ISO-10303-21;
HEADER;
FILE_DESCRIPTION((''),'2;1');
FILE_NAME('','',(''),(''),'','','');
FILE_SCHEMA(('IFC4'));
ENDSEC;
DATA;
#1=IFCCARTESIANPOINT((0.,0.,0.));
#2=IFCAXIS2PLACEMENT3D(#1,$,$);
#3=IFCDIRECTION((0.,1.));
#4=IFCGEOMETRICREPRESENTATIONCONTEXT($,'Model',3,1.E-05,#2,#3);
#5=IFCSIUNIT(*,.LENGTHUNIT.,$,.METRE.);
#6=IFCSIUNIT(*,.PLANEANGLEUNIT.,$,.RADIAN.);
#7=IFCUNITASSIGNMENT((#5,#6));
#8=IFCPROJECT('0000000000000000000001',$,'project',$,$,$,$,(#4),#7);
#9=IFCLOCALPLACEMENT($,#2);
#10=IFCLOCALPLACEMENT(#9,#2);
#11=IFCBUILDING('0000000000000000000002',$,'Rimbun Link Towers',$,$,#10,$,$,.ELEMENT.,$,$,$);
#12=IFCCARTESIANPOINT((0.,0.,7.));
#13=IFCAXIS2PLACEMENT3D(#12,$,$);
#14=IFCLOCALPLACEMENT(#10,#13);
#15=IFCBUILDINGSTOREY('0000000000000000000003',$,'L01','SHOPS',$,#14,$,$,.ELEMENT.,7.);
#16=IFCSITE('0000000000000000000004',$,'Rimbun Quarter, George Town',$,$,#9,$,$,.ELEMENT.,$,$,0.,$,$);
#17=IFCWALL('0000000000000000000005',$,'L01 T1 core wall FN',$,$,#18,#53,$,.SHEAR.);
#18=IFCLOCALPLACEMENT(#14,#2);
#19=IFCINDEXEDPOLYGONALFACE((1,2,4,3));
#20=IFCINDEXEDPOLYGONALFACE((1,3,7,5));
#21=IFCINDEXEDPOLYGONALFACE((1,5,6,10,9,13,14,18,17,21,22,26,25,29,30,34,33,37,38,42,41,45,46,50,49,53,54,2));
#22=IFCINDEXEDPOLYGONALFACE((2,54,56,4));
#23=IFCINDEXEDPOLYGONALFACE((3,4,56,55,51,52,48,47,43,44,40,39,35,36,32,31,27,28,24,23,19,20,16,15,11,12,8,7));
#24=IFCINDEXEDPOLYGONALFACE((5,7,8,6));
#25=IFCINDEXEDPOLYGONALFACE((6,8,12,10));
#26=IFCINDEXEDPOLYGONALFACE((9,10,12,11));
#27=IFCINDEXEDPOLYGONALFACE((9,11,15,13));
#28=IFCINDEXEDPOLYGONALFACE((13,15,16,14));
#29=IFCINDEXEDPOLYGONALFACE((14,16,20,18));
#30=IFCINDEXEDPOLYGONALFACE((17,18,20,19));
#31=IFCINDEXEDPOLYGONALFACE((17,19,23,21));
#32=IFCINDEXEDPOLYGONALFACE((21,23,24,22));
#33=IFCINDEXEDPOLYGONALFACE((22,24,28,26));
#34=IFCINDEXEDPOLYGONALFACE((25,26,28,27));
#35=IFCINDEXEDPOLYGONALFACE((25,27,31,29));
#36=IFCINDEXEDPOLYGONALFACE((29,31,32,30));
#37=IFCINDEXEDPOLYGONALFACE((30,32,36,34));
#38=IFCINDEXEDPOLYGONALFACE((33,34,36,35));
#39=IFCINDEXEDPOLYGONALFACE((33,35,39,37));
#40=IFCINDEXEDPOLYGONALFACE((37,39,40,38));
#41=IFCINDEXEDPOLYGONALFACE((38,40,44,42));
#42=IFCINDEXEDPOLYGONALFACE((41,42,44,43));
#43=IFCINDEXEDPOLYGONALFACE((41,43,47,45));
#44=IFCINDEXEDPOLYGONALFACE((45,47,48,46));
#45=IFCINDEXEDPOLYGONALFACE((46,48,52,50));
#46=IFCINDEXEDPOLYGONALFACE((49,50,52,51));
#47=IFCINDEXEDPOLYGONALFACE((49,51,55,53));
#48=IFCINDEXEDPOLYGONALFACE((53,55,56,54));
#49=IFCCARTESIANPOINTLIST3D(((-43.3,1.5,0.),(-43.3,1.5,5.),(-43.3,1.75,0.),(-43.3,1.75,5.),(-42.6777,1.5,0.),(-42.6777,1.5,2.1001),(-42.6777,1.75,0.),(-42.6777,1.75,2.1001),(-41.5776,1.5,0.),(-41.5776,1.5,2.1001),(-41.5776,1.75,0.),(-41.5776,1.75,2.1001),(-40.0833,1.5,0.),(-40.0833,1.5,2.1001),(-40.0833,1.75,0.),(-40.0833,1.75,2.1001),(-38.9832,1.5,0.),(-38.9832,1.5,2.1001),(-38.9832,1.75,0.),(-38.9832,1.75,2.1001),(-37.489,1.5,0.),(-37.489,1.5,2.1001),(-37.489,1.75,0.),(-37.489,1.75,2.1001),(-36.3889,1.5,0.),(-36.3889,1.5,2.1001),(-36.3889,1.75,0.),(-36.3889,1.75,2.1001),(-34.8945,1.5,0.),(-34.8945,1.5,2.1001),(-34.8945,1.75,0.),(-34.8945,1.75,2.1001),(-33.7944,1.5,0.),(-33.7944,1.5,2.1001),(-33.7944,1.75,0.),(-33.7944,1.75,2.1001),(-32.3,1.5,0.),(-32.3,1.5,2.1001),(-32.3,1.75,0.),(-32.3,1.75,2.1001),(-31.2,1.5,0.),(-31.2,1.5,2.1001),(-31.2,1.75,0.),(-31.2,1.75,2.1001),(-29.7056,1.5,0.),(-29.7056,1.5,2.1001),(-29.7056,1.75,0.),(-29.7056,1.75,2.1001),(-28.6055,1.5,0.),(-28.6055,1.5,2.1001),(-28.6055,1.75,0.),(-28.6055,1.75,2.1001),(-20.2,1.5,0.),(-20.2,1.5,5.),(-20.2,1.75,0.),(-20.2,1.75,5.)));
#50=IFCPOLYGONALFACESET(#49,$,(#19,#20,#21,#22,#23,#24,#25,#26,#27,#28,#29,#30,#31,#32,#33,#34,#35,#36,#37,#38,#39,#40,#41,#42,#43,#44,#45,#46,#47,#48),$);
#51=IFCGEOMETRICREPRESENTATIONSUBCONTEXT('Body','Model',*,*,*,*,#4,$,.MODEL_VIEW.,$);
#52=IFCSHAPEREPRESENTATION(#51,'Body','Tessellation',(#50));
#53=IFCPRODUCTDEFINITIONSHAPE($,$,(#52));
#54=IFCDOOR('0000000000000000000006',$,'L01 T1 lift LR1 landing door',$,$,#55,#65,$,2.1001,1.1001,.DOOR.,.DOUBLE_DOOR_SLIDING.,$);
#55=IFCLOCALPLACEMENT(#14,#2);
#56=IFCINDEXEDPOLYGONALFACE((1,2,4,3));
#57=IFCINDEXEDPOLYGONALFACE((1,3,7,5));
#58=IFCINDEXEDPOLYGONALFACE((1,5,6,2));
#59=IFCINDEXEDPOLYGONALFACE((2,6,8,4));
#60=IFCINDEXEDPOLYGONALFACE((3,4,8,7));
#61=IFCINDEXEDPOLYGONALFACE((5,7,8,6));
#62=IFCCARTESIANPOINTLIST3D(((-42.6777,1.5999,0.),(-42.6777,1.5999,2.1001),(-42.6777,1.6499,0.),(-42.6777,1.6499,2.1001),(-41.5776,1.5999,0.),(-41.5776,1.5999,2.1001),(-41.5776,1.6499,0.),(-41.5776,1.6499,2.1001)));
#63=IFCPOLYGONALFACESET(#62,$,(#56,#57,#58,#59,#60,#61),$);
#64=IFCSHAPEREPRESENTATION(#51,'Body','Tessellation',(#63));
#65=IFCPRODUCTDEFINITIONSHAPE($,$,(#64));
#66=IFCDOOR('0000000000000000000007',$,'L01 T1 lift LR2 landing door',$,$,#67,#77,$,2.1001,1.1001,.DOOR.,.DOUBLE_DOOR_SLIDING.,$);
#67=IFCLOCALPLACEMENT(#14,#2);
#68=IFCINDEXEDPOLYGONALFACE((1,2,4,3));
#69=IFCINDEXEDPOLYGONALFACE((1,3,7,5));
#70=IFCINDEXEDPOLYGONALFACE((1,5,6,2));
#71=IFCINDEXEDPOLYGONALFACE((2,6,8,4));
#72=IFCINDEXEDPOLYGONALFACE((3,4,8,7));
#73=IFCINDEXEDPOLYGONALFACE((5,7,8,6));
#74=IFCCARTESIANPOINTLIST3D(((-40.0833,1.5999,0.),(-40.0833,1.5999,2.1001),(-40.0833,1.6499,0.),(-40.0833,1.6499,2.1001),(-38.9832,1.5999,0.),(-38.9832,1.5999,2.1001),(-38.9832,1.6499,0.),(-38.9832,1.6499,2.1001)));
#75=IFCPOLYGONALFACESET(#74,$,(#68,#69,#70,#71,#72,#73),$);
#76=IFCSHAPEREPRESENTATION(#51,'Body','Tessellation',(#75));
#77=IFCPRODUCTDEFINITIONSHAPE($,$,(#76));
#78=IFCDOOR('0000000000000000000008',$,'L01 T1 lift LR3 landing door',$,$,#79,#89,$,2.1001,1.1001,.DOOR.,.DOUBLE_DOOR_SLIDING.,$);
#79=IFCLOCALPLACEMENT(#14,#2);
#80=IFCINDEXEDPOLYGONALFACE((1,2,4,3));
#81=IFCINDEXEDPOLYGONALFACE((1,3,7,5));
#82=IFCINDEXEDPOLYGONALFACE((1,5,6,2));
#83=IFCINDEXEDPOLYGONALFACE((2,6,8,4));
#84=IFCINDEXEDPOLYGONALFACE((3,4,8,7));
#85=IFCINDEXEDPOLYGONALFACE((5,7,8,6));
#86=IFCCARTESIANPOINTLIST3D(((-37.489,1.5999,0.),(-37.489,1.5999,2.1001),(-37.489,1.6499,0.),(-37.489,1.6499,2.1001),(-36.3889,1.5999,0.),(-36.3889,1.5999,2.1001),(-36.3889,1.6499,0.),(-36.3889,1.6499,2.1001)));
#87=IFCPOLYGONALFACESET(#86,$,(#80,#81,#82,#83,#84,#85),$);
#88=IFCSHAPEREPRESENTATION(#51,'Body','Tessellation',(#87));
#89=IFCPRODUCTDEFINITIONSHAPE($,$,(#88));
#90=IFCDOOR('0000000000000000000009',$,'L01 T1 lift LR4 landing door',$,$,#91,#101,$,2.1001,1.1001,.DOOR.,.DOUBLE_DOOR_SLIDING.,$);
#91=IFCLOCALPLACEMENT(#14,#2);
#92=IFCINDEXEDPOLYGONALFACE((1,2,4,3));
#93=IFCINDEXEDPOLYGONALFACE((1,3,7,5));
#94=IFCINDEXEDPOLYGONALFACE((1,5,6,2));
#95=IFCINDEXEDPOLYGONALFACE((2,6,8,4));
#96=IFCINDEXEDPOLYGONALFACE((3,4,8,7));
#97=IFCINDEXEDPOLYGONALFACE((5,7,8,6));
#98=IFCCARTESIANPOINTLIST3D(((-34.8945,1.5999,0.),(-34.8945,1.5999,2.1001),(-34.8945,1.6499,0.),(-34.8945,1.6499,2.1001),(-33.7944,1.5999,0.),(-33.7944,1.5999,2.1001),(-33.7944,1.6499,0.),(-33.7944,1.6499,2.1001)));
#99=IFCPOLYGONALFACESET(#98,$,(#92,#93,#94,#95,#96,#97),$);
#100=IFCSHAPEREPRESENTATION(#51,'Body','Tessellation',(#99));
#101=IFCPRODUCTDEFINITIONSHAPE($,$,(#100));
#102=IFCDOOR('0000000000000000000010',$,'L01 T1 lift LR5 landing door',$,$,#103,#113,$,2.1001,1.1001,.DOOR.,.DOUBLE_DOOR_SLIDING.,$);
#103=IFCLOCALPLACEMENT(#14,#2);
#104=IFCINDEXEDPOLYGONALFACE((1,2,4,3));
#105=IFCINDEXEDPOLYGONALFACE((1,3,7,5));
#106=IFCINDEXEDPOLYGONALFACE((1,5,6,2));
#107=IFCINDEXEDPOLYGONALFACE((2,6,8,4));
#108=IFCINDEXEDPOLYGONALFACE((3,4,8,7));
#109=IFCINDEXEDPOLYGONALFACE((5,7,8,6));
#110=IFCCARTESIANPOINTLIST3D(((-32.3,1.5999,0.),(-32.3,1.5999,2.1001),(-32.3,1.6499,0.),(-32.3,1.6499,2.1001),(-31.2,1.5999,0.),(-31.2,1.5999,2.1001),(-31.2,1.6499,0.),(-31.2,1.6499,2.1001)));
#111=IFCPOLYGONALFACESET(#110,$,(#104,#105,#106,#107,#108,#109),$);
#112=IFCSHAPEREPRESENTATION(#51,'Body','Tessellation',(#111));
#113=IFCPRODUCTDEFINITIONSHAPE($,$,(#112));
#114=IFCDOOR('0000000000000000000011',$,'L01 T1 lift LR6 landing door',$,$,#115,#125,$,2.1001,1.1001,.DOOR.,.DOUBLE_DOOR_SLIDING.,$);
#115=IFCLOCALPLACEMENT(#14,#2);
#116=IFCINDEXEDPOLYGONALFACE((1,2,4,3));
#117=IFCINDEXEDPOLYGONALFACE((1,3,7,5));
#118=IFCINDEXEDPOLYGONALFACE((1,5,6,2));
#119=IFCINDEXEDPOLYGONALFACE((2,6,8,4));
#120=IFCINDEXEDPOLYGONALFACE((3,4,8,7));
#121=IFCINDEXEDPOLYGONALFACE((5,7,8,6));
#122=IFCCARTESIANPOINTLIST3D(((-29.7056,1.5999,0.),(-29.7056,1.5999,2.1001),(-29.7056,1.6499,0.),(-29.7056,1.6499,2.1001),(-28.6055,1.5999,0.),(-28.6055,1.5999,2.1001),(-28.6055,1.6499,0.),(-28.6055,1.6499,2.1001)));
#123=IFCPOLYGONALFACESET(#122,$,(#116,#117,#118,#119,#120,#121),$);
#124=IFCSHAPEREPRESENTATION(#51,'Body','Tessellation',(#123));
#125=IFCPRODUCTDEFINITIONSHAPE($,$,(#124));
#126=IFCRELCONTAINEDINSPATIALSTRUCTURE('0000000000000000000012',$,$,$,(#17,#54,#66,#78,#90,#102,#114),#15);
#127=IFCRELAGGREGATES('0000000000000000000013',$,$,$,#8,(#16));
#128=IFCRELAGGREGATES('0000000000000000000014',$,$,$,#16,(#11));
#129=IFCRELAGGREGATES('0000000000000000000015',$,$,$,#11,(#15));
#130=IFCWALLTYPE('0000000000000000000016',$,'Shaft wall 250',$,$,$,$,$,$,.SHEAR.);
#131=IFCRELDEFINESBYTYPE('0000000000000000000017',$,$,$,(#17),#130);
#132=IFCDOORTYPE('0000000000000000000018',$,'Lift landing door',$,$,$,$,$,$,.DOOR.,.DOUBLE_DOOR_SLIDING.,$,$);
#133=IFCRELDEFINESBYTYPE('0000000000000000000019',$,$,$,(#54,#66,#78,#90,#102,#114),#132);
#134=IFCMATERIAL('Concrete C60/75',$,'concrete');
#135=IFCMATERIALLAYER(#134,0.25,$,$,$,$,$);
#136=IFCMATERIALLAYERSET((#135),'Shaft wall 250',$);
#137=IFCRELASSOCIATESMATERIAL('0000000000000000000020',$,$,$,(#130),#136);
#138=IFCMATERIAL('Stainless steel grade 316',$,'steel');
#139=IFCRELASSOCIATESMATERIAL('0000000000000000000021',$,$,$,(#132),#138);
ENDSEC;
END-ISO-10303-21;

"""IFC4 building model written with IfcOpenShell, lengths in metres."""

from ifc_helpers import new_model, si_unit, direction, frame, frame_2d, origin, place, context, subcontext, project, spatial, rectangle, extrude, material, layer, layer_set, type_object, element, fill, save


model = new_model("IFC4")

# Units and contexts
model_context = context("Model", 3, precision=1e-05, world=origin(), true_north=direction((0.0, 1.0)))
body_context = subcontext(model_context, "Body", "Model", "MODEL_VIEW")
ifc_project = project(units=[si_unit("LENGTHUNIT", "METRE"), si_unit("PLANEANGLEUNIT", "RADIAN")], contexts=[model_context])

# Site, building, storey
site_placement = place(None, origin())
site = spatial("IfcSite", under=ifc_project, at=site_placement, Name="Rimbun Quarter, George Town", CompositionType="ELEMENT", RefElevation=0.0)
building_placement = place(site_placement, origin())
building = spatial("IfcBuilding", under=site, at=building_placement, Name="Rimbun Link Towers", CompositionType="ELEMENT")
storey_placement = place(building_placement, frame((0.0, 0.0, 7.0)))
storey = spatial("IfcBuildingStorey", under=building, at=storey_placement, Name="L01", Description="SHOPS", CompositionType="ELEMENT", Elevation=7.0)

# Shared definitions
ifc_material_1 = material(Name="Concrete C60/75", Category="concrete")
ifc_layer = layer(ifc_material_1, 0.25)
ifc_layer_set = layer_set([ifc_layer], Name="Shaft wall 250")
wall_type = type_object("IfcWallType", Name="Shaft wall 250", PredefinedType="SHEAR", material=ifc_layer_set)

# Wall, openings, doors
wall_1_placement = place(storey_placement, frame((-43.3, 1.625, 0.0), z_axis=(0.0, 0.0, 1.0), x_axis=(1.0, 0.0, 0.0)))
wall_1 = element("IfcWall", 1, at=wall_1_placement, inside=storey, type_object=wall_type, Name="L01 T1 core wall FN", PredefinedType="SHEAR", context=body_context, shape_type="SweptSolid", body=[
    extrude(rectangle(XDim=23.1001, YDim=0.25, at=frame_2d((11.55, 0.0))), origin(), (0.0, 0.0, 1.0), 5.0),
])
opening_1_placement = place(wall_1_placement, frame((0.6223, 0.0, 0.0)))
opening_1 = element("IfcOpeningElement", 2, at=opening_1_placement, cuts=wall_1, PredefinedType="OPENING", context=body_context, shape_type="SweptSolid", body=[
    extrude(rectangle(XDim=1.1001, YDim=2.1001, at=frame_2d((0.55, 1.05))), frame((0.0, 0.135, 0.0), z_axis=(0.0, -1.0, 0.0), x_axis=(1.0, 0.0, 0.0)), (0.0, 0.0, 1.0), 0.27),
])
opening_2_placement = place(wall_1_placement, frame((3.2168, 0.0, 0.0)))
opening_2 = element("IfcOpeningElement", 3, at=opening_2_placement, cuts=wall_1, PredefinedType="OPENING", context=body_context, shape_type="SweptSolid", body=[
    extrude(rectangle(XDim=1.1001, YDim=2.1001, at=frame_2d((0.55, 1.05))), frame((0.0, 0.135, 0.0), z_axis=(0.0, -1.0, 0.0), x_axis=(1.0, 0.0, 0.0)), (0.0, 0.0, 1.0), 0.27),
])
opening_3_placement = place(wall_1_placement, frame((5.811, 0.0, 0.0)))
opening_3 = element("IfcOpeningElement", 4, at=opening_3_placement, cuts=wall_1, PredefinedType="OPENING", context=body_context, shape_type="SweptSolid", body=[
    extrude(rectangle(XDim=1.1001, YDim=2.1001, at=frame_2d((0.55, 1.05))), frame((0.0, 0.135, 0.0), z_axis=(0.0, -1.0, 0.0), x_axis=(1.0, 0.0, 0.0)), (0.0, 0.0, 1.0), 0.27),
])
opening_4_placement = place(wall_1_placement, frame((8.4055, 0.0, 0.0)))
opening_4 = element("IfcOpeningElement", 5, at=opening_4_placement, cuts=wall_1, PredefinedType="OPENING", context=body_context, shape_type="SweptSolid", body=[
    extrude(rectangle(XDim=1.1001, YDim=2.1001, at=frame_2d((0.55, 1.05))), frame((0.0, 0.135, 0.0), z_axis=(0.0, -1.0, 0.0), x_axis=(1.0, 0.0, 0.0)), (0.0, 0.0, 1.0), 0.27),
])
opening_5_placement = place(wall_1_placement, frame((11.0, 0.0, 0.0)))
opening_5 = element("IfcOpeningElement", 6, at=opening_5_placement, cuts=wall_1, PredefinedType="OPENING", context=body_context, shape_type="SweptSolid", body=[
    extrude(rectangle(XDim=1.1001, YDim=2.1001, at=frame_2d((0.55, 1.05))), frame((0.0, 0.135, 0.0), z_axis=(0.0, -1.0, 0.0), x_axis=(1.0, 0.0, 0.0)), (0.0, 0.0, 1.0), 0.27),
])
opening_6_placement = place(wall_1_placement, frame((13.5945, 0.0, 0.0)))
opening_6 = element("IfcOpeningElement", 7, at=opening_6_placement, cuts=wall_1, PredefinedType="OPENING", context=body_context, shape_type="SweptSolid", body=[
    extrude(rectangle(XDim=1.1001, YDim=2.1001, at=frame_2d((0.55, 1.05))), frame((0.0, 0.135, 0.0), z_axis=(0.0, -1.0, 0.0), x_axis=(1.0, 0.0, 0.0)), (0.0, 0.0, 1.0), 0.27),
])
ifc_material_2 = material(Name="Stainless steel grade 316", Category="steel")
door_type_1 = type_object("IfcDoorType", Name="Lift landing door", OperationType="DOUBLE_DOOR_SLIDING", PredefinedType="DOOR", material=ifc_material_2)
door_1_placement = place(opening_1_placement, origin())
door_1 = element("IfcDoor", 8, at=door_1_placement, inside=storey, type_object=door_type_1, Name="L01 T1 lift LR1 landing door", OperationType="DOUBLE_DOOR_SLIDING", OverallHeight=2.1001, OverallWidth=1.1001, PredefinedType="DOOR", context=body_context, shape_type="SweptSolid", body=[
    extrude(rectangle(XDim=1.1001, YDim=2.1001, at=frame_2d((0.55, 1.05))), frame((0.0, 0.0249, 0.0), z_axis=(0.0, -1.0, 0.0), x_axis=(1.0, 0.0, 0.0)), (0.0, 0.0, 1.0), 0.05),
])
fill(opening_1, door_1)
door_2_placement = place(opening_2_placement, origin())
door_2 = element("IfcDoor", 9, at=door_2_placement, inside=storey, type_object=door_type_1, Name="L01 T1 lift LR2 landing door", OperationType="DOUBLE_DOOR_SLIDING", OverallHeight=2.1001, OverallWidth=1.1001, PredefinedType="DOOR", context=body_context, shape_type="SweptSolid", body=[
    extrude(rectangle(XDim=1.1001, YDim=2.1001, at=frame_2d((0.55, 1.05))), frame((0.0, 0.0249, 0.0), z_axis=(0.0, -1.0, 0.0), x_axis=(1.0, 0.0, 0.0)), (0.0, 0.0, 1.0), 0.05),
])
fill(opening_2, door_2)
door_3_placement = place(opening_3_placement, origin())
door_3 = element("IfcDoor", 10, at=door_3_placement, inside=storey, type_object=door_type_1, Name="L01 T1 lift LR3 landing door", OperationType="DOUBLE_DOOR_SLIDING", OverallHeight=2.1001, OverallWidth=1.1001, PredefinedType="DOOR", context=body_context, shape_type="SweptSolid", body=[
    extrude(rectangle(XDim=1.1001, YDim=2.1001, at=frame_2d((0.55, 1.05))), frame((0.0, 0.0249, 0.0), z_axis=(0.0, -1.0, 0.0), x_axis=(1.0, 0.0, 0.0)), (0.0, 0.0, 1.0), 0.05),
])
fill(opening_3, door_3)
door_4_placement = place(opening_4_placement, origin())
door_4 = element("IfcDoor", 11, at=door_4_placement, inside=storey, type_object=door_type_1, Name="L01 T1 lift LR4 landing door", OperationType="DOUBLE_DOOR_SLIDING", OverallHeight=2.1001, OverallWidth=1.1001, PredefinedType="DOOR", context=body_context, shape_type="SweptSolid", body=[
    extrude(rectangle(XDim=1.1001, YDim=2.1001, at=frame_2d((0.55, 1.05))), frame((0.0, 0.0249, 0.0), z_axis=(0.0, -1.0, 0.0), x_axis=(1.0, 0.0, 0.0)), (0.0, 0.0, 1.0), 0.05),
])
fill(opening_4, door_4)
door_5_placement = place(opening_5_placement, origin())
door_5 = element("IfcDoor", 12, at=door_5_placement, inside=storey, type_object=door_type_1, Name="L01 T1 lift LR5 landing door", OperationType="DOUBLE_DOOR_SLIDING", OverallHeight=2.1001, OverallWidth=1.1001, PredefinedType="DOOR", context=body_context, shape_type="SweptSolid", body=[
    extrude(rectangle(XDim=1.1001, YDim=2.1001, at=frame_2d((0.55, 1.05))), frame((0.0, 0.0249, 0.0), z_axis=(0.0, -1.0, 0.0), x_axis=(1.0, 0.0, 0.0)), (0.0, 0.0, 1.0), 0.05),
])
fill(opening_5, door_5)
door_6_placement = place(opening_6_placement, origin())
door_6 = element("IfcDoor", 13, at=door_6_placement, inside=storey, type_object=door_type_1, Name="L01 T1 lift LR6 landing door", OperationType="DOUBLE_DOOR_SLIDING", OverallHeight=2.1001, OverallWidth=1.1001, PredefinedType="DOOR", context=body_context, shape_type="SweptSolid", body=[
    extrude(rectangle(XDim=1.1001, YDim=2.1001, at=frame_2d((0.55, 1.05))), frame((0.0, 0.0249, 0.0), z_axis=(0.0, -1.0, 0.0), x_axis=(1.0, 0.0, 0.0)), (0.0, 0.0, 1.0), 0.05),
])
fill(opening_6, door_6)

save(model, "model.ifc")
